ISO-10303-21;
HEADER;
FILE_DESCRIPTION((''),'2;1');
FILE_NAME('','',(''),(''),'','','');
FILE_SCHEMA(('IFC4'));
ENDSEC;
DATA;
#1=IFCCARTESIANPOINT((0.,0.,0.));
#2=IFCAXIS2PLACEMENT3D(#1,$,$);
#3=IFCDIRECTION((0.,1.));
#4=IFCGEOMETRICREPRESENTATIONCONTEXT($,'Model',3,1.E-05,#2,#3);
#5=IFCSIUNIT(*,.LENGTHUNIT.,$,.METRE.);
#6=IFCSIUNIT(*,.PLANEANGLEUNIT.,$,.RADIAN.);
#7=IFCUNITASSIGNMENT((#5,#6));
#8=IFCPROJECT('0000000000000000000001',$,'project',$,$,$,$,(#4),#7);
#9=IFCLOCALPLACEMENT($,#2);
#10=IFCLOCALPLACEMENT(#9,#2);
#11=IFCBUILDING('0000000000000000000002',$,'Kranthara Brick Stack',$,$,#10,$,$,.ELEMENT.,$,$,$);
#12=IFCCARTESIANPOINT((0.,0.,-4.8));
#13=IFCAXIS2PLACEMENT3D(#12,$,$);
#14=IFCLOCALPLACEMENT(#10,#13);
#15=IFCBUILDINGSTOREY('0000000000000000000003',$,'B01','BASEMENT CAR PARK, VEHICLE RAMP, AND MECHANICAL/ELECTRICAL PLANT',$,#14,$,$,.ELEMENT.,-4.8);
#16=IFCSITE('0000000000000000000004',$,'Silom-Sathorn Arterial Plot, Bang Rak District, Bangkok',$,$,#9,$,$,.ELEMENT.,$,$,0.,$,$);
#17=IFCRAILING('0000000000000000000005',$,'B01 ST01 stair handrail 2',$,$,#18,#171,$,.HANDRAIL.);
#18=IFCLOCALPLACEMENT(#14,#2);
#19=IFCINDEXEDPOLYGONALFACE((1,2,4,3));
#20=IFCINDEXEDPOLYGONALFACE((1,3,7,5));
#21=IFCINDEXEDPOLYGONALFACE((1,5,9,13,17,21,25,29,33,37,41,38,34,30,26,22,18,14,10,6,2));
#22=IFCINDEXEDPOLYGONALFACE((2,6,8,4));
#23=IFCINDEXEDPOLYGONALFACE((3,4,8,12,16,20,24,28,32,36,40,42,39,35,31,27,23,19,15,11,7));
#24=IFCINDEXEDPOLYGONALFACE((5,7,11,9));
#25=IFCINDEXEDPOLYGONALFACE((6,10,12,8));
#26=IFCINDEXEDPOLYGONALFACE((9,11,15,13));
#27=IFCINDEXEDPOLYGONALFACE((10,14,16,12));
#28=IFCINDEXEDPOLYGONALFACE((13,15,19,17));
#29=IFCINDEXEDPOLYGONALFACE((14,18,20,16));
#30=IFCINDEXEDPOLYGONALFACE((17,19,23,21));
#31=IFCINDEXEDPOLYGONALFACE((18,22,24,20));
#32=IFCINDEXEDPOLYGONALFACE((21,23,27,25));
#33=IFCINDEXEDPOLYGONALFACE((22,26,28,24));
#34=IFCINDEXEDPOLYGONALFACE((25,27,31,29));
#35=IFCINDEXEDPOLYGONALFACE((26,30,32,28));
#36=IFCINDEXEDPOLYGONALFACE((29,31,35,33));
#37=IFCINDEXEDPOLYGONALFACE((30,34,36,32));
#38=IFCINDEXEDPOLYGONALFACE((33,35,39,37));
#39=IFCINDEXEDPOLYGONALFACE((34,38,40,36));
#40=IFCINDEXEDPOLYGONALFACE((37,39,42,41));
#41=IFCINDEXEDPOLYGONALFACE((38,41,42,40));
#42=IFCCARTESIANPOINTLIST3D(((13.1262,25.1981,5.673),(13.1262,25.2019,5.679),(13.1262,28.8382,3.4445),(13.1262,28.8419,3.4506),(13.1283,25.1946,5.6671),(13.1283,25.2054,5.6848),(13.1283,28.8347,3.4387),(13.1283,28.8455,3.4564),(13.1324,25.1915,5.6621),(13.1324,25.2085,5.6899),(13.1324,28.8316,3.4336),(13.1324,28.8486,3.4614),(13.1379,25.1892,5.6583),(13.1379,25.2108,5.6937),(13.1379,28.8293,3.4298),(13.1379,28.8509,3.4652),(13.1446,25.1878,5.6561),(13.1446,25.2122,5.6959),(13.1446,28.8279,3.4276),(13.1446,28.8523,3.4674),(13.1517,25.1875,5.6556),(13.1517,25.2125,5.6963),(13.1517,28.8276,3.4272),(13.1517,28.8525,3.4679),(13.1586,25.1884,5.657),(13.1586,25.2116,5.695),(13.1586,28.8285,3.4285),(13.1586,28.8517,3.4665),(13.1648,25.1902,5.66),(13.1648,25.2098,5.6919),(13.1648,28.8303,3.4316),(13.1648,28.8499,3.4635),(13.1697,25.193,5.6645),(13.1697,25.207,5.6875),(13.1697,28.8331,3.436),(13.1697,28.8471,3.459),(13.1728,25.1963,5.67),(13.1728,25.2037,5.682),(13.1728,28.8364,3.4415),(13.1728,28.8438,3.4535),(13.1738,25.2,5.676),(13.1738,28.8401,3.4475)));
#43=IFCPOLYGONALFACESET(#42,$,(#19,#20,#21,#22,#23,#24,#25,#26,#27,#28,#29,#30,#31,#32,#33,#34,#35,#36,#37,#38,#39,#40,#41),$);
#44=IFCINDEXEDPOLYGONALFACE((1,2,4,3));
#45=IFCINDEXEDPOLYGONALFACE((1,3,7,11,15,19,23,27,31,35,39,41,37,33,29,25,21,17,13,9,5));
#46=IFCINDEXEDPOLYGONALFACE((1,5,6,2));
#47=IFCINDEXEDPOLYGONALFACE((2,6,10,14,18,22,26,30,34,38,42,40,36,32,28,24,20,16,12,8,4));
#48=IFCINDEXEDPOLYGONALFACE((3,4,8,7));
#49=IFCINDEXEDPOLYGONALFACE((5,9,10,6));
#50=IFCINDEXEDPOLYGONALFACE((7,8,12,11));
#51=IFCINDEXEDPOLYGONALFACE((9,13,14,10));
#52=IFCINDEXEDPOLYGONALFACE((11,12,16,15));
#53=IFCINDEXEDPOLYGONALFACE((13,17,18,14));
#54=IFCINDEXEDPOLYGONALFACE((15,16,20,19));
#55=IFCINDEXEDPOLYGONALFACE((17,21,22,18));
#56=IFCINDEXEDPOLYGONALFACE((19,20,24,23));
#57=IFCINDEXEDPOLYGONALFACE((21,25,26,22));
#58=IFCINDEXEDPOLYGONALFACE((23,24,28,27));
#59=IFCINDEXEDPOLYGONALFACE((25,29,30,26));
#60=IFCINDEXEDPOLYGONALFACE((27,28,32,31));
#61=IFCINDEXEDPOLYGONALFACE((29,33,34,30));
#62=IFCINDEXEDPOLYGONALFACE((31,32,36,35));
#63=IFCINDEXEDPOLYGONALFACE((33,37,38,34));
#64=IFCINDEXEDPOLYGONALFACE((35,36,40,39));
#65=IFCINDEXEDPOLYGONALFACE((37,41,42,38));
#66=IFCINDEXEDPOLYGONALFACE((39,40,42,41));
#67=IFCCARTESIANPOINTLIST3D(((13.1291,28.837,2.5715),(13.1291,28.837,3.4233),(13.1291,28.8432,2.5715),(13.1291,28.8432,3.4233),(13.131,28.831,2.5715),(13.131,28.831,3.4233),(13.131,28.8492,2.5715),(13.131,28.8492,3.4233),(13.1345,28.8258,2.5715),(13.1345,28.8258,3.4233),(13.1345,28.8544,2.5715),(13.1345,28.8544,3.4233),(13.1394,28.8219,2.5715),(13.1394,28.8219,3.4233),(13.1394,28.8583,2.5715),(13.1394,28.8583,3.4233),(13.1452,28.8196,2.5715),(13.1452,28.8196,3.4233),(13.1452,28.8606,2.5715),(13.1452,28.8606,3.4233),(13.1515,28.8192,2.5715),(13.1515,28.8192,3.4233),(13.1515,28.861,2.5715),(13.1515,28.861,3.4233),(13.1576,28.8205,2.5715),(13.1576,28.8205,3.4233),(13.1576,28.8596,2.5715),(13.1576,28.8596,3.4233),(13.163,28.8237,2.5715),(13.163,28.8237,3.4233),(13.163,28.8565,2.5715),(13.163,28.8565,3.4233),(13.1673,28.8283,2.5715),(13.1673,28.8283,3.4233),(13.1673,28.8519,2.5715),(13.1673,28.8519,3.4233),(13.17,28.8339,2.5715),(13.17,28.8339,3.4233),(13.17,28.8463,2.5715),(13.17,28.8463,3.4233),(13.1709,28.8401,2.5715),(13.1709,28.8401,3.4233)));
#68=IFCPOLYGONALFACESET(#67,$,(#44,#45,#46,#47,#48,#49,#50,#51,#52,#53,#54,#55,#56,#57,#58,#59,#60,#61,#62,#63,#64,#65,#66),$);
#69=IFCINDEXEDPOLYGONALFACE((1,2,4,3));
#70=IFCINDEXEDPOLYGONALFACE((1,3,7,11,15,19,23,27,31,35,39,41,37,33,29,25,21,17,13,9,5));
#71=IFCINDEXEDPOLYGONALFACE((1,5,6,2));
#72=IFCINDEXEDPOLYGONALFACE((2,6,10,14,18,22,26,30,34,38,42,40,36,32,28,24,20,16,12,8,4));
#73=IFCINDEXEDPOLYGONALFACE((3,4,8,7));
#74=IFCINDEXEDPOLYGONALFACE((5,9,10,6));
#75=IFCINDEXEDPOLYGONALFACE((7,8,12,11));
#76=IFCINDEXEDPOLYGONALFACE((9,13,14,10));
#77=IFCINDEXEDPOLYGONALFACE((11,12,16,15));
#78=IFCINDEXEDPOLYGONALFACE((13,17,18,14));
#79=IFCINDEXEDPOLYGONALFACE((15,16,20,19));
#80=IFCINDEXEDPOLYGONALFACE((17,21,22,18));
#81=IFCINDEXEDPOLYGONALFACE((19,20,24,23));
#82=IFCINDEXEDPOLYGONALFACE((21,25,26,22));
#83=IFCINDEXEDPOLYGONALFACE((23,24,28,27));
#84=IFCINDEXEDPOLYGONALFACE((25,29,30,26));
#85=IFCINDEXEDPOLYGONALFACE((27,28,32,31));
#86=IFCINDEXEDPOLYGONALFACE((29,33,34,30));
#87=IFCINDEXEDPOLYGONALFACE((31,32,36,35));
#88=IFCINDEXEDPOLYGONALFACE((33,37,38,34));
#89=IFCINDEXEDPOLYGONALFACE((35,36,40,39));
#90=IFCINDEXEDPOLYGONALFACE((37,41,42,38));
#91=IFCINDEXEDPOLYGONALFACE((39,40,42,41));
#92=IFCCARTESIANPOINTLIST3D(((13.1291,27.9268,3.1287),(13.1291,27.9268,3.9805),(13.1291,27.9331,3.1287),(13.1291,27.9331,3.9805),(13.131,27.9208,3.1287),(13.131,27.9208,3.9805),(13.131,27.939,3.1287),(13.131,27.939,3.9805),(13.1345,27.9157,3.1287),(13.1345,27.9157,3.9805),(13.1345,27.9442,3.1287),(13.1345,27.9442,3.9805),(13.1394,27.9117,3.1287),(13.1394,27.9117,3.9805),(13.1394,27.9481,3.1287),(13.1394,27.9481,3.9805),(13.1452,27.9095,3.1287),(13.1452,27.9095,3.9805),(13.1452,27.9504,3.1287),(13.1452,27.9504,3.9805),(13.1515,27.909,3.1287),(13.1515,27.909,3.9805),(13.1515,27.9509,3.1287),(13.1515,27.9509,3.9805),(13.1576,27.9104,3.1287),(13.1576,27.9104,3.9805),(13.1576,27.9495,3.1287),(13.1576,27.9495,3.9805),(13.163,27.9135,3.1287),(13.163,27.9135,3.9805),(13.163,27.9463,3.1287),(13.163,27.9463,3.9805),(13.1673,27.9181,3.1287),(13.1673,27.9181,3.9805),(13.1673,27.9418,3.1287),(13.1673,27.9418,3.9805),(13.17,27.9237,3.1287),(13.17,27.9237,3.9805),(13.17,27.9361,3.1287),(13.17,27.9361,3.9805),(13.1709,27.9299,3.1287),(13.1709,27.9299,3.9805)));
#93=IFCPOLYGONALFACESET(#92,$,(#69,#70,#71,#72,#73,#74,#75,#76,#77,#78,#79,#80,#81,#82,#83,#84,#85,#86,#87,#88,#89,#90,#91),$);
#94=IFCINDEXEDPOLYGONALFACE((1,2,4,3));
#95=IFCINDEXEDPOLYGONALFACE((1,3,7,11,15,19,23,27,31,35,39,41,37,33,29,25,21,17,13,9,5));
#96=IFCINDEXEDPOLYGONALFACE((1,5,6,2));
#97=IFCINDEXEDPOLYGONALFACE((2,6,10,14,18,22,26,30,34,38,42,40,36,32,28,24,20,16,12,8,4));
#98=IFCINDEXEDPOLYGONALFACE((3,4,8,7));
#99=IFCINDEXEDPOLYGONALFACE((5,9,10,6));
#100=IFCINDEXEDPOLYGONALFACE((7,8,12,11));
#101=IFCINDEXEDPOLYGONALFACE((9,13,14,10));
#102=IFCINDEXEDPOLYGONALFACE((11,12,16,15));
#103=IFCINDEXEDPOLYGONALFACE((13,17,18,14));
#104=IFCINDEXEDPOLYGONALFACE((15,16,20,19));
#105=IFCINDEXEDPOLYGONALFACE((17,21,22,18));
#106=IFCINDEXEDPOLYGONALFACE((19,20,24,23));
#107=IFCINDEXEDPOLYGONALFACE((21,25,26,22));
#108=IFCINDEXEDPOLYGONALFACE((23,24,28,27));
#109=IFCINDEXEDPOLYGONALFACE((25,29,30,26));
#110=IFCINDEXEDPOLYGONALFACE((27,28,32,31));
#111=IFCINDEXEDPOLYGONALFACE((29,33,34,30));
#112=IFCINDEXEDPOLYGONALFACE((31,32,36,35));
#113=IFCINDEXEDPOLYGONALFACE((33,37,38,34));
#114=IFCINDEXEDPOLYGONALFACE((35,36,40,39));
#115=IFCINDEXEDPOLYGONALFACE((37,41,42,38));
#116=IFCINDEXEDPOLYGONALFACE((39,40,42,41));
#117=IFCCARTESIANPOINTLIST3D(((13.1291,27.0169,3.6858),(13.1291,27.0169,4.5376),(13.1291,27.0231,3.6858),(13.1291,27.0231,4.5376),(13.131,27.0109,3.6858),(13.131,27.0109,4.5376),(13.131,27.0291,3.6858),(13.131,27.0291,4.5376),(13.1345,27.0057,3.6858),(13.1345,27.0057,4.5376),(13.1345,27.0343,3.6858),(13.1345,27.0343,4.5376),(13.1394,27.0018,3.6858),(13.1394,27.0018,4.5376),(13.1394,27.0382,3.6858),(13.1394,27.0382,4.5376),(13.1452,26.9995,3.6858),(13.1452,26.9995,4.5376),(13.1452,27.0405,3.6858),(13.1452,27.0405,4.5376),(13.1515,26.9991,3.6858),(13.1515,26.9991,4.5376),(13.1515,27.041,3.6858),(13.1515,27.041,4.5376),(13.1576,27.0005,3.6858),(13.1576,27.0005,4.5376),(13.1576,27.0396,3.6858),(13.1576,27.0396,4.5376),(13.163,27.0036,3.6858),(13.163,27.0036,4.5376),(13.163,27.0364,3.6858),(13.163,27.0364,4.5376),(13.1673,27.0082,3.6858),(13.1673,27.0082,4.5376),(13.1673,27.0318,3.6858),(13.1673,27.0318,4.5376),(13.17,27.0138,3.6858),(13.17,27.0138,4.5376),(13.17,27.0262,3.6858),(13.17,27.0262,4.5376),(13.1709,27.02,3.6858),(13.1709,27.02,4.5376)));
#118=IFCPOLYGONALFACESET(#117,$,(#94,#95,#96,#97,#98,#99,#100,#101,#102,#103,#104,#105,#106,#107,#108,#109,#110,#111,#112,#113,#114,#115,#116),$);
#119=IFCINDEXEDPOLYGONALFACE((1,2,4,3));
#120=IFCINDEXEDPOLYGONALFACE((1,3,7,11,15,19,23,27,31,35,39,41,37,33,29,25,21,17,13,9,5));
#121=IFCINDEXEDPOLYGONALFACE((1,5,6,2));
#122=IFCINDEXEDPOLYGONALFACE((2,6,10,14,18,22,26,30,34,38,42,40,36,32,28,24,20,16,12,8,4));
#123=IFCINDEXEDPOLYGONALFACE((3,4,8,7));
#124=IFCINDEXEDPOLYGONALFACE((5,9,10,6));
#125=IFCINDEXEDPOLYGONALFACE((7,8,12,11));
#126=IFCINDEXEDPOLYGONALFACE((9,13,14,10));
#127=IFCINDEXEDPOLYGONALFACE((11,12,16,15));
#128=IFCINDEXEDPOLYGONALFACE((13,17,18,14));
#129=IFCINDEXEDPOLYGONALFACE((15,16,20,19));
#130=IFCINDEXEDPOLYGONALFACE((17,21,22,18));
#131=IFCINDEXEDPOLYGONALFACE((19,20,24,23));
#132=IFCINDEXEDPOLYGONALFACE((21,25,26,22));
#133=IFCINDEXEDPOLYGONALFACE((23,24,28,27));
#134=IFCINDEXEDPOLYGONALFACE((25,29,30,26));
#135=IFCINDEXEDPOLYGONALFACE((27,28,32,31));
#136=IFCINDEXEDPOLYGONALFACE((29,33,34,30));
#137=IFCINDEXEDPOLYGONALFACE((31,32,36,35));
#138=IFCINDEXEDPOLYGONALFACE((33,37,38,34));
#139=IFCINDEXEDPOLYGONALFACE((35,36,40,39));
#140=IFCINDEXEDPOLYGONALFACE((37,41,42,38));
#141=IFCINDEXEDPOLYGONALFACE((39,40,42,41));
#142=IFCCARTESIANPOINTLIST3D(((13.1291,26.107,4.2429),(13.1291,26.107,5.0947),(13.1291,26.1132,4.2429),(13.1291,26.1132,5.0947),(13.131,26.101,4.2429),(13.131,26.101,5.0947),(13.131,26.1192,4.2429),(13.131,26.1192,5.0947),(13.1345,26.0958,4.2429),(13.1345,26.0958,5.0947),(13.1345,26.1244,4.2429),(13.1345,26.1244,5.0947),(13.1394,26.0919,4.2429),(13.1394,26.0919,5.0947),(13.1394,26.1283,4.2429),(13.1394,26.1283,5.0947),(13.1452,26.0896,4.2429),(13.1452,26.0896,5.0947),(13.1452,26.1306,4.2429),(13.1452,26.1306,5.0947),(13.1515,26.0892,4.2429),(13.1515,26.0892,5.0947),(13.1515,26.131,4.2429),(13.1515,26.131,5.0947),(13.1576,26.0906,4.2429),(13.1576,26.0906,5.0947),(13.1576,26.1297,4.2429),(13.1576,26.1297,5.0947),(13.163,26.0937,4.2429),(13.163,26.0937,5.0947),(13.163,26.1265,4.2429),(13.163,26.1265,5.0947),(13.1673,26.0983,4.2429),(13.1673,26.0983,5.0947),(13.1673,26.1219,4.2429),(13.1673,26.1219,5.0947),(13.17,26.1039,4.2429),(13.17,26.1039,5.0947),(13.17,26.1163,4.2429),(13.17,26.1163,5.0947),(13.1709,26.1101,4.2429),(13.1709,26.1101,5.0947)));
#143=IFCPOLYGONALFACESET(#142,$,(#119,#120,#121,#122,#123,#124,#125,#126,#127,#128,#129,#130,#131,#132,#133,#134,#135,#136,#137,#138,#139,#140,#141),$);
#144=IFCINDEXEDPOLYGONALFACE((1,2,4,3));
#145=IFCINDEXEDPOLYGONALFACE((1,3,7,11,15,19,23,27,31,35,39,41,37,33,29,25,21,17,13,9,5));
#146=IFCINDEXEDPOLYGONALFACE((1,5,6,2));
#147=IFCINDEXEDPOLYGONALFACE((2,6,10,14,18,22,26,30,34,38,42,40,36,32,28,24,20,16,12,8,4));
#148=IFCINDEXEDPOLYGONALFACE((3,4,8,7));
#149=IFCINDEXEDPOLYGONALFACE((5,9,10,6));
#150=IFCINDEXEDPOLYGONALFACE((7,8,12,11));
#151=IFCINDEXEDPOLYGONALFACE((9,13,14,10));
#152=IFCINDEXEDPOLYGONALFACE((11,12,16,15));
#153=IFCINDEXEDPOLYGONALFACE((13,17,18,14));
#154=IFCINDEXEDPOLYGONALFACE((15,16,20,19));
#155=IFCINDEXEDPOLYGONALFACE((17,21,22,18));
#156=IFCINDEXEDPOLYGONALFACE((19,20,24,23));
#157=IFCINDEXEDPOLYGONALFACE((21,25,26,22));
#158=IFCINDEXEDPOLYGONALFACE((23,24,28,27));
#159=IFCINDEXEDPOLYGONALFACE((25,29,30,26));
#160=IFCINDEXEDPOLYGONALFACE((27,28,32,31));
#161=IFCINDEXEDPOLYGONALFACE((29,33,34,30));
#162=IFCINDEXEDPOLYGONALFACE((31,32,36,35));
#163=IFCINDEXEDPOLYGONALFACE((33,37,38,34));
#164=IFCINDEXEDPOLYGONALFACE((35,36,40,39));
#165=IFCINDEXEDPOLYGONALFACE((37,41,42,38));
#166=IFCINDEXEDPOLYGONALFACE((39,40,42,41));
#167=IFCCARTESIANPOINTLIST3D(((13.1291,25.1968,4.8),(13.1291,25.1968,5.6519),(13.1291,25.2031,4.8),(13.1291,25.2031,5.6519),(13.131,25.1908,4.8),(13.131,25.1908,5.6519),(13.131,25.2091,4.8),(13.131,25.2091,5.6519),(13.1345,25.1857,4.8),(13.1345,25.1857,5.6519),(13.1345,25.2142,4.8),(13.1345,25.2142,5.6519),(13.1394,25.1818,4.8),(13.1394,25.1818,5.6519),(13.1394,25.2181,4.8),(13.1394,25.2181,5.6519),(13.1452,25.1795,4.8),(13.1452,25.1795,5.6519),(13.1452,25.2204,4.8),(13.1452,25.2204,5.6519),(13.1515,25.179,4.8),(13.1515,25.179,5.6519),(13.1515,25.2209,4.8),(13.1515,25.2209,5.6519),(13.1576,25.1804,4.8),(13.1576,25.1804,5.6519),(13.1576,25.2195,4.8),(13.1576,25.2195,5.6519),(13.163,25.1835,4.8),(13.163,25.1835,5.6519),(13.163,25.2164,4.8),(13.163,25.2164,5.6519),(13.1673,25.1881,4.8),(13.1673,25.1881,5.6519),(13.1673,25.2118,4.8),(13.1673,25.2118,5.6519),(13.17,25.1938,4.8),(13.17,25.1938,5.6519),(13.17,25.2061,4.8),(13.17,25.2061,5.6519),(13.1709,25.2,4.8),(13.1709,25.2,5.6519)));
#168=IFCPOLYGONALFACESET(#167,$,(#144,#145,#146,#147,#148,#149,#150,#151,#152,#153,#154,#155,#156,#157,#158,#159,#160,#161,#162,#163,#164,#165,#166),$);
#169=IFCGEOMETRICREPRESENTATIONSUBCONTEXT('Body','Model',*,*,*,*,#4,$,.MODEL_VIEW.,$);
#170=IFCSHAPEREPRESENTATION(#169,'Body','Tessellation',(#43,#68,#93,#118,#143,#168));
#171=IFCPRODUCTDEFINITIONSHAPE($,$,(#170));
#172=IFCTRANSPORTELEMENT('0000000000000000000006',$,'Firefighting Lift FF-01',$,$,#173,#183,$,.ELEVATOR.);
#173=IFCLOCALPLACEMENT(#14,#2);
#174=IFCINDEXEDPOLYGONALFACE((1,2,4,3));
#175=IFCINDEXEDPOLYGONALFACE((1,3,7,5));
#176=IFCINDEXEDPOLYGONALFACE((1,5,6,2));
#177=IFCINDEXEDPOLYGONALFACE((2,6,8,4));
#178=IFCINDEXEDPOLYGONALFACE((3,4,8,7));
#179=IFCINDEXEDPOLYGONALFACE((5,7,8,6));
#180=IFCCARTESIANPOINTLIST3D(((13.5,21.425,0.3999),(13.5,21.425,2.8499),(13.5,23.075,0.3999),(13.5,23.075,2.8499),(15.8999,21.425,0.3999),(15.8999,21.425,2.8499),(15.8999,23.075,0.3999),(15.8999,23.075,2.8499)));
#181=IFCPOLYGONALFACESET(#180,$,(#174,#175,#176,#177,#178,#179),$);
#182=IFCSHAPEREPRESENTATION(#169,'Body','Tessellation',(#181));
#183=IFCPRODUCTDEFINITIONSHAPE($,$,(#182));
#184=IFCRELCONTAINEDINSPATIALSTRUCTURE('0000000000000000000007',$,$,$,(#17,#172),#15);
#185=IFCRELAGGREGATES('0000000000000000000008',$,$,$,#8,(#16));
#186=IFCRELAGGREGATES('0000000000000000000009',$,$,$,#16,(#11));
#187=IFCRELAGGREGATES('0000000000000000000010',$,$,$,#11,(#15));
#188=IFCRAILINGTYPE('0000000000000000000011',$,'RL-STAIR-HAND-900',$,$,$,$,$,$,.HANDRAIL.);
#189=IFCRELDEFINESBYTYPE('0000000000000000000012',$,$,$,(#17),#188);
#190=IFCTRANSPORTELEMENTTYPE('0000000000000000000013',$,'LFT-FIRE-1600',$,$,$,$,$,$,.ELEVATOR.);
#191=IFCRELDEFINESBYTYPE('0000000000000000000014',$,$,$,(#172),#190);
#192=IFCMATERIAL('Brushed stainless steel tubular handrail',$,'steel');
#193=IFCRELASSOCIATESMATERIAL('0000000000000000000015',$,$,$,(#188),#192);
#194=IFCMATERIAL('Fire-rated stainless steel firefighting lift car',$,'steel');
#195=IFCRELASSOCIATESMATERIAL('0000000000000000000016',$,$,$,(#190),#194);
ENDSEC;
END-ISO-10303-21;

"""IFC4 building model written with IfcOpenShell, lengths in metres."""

from ifc_helpers import new_model, si_unit, direction, frame, origin, origin_2d, place, context, subcontext, project, spatial, rectangle, circle, extrude, material, type_object, element, save


model = new_model("IFC4")

# Units and contexts
model_context = context("Model", 3, precision=1e-05, world=origin(), true_north=direction((0.0, 1.0)))
body_context = subcontext(model_context, "Body", "Model", "MODEL_VIEW")
ifc_project = project(units=[si_unit("LENGTHUNIT", "METRE"), si_unit("PLANEANGLEUNIT", "RADIAN")], contexts=[model_context])

# Site, building, storey
site_placement = place(None, origin())
site = spatial("IfcSite", under=ifc_project, at=site_placement, Name="Silom-Sathorn Arterial Plot, Bang Rak District, Bangkok", CompositionType="ELEMENT", RefElevation=0.0)
building_placement = place(site_placement, origin())
building = spatial("IfcBuilding", under=site, at=building_placement, Name="Kranthara Brick Stack", CompositionType="ELEMENT")
storey_placement = place(building_placement, frame((0.0, 0.0, -4.8)))
storey = spatial("IfcBuildingStorey", under=building, at=storey_placement, Name="B01", Description="BASEMENT CAR PARK, VEHICLE RAMP, AND MECHANICAL/ELECTRICAL PLANT", CompositionType="ELEMENT", Elevation=-4.8)

# Railing
ifc_material_1 = material(Name="Brushed stainless steel tubular handrail", Category="steel")
railing_type_1 = type_object("IfcRailingType", Name="RL-STAIR-HAND-900", PredefinedType="HANDRAIL", material=ifc_material_1)
railing_1_placement = place(storey_placement, frame((13.1499, 28.8401, 2.5715)))
element("IfcRailing", 1, at=railing_1_placement, inside=storey, type_object=railing_type_1, Name="B01 ST01 stair handrail 2", PredefinedType="HANDRAIL", context=body_context, shape_type="SweptSolid", body=[
    extrude(circle(Radius=0.0239, at=origin_2d()), frame((0.0, 0.0, 0.876), z_axis=(0.0, -0.852866, 0.52213), x_axis=(1.0, 0.0, 0.0)), (0.0, 0.0, 1.0), 4.2681),
    extrude(circle(Radius=0.021, at=origin_2d()), origin(), (0.0, 0.0, 1.0), 0.8518),
    extrude(circle(Radius=0.021, at=origin_2d()), frame((0.0, -0.9102, 0.5571)), (0.0, 0.0, 1.0), 0.8518),
    extrude(circle(Radius=0.021, at=origin_2d()), frame((0.0, -1.8201, 1.1143)), (0.0, 0.0, 1.0), 0.8518),
    extrude(circle(Radius=0.021, at=origin_2d()), frame((0.0, -2.73, 1.6714)), (0.0, 0.0, 1.0), 0.8518),
    extrude(circle(Radius=0.021, at=origin_2d()), frame((0.0, -3.6401, 2.2285)), (0.0, 0.0, 1.0), 0.8518),
])

# Transport element
ifc_material_2 = material(Name="Fire-rated stainless steel firefighting lift car", Category="steel")
transport_element_type = type_object("IfcTransportElementType", Name="LFT-FIRE-1600", PredefinedType="ELEVATOR", material=ifc_material_2)
transport_element_placement = place(storey_placement, frame((14.7, 22.25, 0.3999), z_axis=(0.0, 0.0, 1.0), x_axis=(1.0, 0.0, 0.0)))
element("IfcTransportElement", 2, at=transport_element_placement, inside=storey, type_object=transport_element_type, Name="Firefighting Lift FF-01", PredefinedType="ELEVATOR", context=body_context, shape_type="SweptSolid", body=[
    extrude(rectangle(XDim=2.3999, YDim=1.6499, at=origin_2d()), origin(), (0.0, 0.0, 1.0), 2.45),
])

save(model, "model.ifc")
